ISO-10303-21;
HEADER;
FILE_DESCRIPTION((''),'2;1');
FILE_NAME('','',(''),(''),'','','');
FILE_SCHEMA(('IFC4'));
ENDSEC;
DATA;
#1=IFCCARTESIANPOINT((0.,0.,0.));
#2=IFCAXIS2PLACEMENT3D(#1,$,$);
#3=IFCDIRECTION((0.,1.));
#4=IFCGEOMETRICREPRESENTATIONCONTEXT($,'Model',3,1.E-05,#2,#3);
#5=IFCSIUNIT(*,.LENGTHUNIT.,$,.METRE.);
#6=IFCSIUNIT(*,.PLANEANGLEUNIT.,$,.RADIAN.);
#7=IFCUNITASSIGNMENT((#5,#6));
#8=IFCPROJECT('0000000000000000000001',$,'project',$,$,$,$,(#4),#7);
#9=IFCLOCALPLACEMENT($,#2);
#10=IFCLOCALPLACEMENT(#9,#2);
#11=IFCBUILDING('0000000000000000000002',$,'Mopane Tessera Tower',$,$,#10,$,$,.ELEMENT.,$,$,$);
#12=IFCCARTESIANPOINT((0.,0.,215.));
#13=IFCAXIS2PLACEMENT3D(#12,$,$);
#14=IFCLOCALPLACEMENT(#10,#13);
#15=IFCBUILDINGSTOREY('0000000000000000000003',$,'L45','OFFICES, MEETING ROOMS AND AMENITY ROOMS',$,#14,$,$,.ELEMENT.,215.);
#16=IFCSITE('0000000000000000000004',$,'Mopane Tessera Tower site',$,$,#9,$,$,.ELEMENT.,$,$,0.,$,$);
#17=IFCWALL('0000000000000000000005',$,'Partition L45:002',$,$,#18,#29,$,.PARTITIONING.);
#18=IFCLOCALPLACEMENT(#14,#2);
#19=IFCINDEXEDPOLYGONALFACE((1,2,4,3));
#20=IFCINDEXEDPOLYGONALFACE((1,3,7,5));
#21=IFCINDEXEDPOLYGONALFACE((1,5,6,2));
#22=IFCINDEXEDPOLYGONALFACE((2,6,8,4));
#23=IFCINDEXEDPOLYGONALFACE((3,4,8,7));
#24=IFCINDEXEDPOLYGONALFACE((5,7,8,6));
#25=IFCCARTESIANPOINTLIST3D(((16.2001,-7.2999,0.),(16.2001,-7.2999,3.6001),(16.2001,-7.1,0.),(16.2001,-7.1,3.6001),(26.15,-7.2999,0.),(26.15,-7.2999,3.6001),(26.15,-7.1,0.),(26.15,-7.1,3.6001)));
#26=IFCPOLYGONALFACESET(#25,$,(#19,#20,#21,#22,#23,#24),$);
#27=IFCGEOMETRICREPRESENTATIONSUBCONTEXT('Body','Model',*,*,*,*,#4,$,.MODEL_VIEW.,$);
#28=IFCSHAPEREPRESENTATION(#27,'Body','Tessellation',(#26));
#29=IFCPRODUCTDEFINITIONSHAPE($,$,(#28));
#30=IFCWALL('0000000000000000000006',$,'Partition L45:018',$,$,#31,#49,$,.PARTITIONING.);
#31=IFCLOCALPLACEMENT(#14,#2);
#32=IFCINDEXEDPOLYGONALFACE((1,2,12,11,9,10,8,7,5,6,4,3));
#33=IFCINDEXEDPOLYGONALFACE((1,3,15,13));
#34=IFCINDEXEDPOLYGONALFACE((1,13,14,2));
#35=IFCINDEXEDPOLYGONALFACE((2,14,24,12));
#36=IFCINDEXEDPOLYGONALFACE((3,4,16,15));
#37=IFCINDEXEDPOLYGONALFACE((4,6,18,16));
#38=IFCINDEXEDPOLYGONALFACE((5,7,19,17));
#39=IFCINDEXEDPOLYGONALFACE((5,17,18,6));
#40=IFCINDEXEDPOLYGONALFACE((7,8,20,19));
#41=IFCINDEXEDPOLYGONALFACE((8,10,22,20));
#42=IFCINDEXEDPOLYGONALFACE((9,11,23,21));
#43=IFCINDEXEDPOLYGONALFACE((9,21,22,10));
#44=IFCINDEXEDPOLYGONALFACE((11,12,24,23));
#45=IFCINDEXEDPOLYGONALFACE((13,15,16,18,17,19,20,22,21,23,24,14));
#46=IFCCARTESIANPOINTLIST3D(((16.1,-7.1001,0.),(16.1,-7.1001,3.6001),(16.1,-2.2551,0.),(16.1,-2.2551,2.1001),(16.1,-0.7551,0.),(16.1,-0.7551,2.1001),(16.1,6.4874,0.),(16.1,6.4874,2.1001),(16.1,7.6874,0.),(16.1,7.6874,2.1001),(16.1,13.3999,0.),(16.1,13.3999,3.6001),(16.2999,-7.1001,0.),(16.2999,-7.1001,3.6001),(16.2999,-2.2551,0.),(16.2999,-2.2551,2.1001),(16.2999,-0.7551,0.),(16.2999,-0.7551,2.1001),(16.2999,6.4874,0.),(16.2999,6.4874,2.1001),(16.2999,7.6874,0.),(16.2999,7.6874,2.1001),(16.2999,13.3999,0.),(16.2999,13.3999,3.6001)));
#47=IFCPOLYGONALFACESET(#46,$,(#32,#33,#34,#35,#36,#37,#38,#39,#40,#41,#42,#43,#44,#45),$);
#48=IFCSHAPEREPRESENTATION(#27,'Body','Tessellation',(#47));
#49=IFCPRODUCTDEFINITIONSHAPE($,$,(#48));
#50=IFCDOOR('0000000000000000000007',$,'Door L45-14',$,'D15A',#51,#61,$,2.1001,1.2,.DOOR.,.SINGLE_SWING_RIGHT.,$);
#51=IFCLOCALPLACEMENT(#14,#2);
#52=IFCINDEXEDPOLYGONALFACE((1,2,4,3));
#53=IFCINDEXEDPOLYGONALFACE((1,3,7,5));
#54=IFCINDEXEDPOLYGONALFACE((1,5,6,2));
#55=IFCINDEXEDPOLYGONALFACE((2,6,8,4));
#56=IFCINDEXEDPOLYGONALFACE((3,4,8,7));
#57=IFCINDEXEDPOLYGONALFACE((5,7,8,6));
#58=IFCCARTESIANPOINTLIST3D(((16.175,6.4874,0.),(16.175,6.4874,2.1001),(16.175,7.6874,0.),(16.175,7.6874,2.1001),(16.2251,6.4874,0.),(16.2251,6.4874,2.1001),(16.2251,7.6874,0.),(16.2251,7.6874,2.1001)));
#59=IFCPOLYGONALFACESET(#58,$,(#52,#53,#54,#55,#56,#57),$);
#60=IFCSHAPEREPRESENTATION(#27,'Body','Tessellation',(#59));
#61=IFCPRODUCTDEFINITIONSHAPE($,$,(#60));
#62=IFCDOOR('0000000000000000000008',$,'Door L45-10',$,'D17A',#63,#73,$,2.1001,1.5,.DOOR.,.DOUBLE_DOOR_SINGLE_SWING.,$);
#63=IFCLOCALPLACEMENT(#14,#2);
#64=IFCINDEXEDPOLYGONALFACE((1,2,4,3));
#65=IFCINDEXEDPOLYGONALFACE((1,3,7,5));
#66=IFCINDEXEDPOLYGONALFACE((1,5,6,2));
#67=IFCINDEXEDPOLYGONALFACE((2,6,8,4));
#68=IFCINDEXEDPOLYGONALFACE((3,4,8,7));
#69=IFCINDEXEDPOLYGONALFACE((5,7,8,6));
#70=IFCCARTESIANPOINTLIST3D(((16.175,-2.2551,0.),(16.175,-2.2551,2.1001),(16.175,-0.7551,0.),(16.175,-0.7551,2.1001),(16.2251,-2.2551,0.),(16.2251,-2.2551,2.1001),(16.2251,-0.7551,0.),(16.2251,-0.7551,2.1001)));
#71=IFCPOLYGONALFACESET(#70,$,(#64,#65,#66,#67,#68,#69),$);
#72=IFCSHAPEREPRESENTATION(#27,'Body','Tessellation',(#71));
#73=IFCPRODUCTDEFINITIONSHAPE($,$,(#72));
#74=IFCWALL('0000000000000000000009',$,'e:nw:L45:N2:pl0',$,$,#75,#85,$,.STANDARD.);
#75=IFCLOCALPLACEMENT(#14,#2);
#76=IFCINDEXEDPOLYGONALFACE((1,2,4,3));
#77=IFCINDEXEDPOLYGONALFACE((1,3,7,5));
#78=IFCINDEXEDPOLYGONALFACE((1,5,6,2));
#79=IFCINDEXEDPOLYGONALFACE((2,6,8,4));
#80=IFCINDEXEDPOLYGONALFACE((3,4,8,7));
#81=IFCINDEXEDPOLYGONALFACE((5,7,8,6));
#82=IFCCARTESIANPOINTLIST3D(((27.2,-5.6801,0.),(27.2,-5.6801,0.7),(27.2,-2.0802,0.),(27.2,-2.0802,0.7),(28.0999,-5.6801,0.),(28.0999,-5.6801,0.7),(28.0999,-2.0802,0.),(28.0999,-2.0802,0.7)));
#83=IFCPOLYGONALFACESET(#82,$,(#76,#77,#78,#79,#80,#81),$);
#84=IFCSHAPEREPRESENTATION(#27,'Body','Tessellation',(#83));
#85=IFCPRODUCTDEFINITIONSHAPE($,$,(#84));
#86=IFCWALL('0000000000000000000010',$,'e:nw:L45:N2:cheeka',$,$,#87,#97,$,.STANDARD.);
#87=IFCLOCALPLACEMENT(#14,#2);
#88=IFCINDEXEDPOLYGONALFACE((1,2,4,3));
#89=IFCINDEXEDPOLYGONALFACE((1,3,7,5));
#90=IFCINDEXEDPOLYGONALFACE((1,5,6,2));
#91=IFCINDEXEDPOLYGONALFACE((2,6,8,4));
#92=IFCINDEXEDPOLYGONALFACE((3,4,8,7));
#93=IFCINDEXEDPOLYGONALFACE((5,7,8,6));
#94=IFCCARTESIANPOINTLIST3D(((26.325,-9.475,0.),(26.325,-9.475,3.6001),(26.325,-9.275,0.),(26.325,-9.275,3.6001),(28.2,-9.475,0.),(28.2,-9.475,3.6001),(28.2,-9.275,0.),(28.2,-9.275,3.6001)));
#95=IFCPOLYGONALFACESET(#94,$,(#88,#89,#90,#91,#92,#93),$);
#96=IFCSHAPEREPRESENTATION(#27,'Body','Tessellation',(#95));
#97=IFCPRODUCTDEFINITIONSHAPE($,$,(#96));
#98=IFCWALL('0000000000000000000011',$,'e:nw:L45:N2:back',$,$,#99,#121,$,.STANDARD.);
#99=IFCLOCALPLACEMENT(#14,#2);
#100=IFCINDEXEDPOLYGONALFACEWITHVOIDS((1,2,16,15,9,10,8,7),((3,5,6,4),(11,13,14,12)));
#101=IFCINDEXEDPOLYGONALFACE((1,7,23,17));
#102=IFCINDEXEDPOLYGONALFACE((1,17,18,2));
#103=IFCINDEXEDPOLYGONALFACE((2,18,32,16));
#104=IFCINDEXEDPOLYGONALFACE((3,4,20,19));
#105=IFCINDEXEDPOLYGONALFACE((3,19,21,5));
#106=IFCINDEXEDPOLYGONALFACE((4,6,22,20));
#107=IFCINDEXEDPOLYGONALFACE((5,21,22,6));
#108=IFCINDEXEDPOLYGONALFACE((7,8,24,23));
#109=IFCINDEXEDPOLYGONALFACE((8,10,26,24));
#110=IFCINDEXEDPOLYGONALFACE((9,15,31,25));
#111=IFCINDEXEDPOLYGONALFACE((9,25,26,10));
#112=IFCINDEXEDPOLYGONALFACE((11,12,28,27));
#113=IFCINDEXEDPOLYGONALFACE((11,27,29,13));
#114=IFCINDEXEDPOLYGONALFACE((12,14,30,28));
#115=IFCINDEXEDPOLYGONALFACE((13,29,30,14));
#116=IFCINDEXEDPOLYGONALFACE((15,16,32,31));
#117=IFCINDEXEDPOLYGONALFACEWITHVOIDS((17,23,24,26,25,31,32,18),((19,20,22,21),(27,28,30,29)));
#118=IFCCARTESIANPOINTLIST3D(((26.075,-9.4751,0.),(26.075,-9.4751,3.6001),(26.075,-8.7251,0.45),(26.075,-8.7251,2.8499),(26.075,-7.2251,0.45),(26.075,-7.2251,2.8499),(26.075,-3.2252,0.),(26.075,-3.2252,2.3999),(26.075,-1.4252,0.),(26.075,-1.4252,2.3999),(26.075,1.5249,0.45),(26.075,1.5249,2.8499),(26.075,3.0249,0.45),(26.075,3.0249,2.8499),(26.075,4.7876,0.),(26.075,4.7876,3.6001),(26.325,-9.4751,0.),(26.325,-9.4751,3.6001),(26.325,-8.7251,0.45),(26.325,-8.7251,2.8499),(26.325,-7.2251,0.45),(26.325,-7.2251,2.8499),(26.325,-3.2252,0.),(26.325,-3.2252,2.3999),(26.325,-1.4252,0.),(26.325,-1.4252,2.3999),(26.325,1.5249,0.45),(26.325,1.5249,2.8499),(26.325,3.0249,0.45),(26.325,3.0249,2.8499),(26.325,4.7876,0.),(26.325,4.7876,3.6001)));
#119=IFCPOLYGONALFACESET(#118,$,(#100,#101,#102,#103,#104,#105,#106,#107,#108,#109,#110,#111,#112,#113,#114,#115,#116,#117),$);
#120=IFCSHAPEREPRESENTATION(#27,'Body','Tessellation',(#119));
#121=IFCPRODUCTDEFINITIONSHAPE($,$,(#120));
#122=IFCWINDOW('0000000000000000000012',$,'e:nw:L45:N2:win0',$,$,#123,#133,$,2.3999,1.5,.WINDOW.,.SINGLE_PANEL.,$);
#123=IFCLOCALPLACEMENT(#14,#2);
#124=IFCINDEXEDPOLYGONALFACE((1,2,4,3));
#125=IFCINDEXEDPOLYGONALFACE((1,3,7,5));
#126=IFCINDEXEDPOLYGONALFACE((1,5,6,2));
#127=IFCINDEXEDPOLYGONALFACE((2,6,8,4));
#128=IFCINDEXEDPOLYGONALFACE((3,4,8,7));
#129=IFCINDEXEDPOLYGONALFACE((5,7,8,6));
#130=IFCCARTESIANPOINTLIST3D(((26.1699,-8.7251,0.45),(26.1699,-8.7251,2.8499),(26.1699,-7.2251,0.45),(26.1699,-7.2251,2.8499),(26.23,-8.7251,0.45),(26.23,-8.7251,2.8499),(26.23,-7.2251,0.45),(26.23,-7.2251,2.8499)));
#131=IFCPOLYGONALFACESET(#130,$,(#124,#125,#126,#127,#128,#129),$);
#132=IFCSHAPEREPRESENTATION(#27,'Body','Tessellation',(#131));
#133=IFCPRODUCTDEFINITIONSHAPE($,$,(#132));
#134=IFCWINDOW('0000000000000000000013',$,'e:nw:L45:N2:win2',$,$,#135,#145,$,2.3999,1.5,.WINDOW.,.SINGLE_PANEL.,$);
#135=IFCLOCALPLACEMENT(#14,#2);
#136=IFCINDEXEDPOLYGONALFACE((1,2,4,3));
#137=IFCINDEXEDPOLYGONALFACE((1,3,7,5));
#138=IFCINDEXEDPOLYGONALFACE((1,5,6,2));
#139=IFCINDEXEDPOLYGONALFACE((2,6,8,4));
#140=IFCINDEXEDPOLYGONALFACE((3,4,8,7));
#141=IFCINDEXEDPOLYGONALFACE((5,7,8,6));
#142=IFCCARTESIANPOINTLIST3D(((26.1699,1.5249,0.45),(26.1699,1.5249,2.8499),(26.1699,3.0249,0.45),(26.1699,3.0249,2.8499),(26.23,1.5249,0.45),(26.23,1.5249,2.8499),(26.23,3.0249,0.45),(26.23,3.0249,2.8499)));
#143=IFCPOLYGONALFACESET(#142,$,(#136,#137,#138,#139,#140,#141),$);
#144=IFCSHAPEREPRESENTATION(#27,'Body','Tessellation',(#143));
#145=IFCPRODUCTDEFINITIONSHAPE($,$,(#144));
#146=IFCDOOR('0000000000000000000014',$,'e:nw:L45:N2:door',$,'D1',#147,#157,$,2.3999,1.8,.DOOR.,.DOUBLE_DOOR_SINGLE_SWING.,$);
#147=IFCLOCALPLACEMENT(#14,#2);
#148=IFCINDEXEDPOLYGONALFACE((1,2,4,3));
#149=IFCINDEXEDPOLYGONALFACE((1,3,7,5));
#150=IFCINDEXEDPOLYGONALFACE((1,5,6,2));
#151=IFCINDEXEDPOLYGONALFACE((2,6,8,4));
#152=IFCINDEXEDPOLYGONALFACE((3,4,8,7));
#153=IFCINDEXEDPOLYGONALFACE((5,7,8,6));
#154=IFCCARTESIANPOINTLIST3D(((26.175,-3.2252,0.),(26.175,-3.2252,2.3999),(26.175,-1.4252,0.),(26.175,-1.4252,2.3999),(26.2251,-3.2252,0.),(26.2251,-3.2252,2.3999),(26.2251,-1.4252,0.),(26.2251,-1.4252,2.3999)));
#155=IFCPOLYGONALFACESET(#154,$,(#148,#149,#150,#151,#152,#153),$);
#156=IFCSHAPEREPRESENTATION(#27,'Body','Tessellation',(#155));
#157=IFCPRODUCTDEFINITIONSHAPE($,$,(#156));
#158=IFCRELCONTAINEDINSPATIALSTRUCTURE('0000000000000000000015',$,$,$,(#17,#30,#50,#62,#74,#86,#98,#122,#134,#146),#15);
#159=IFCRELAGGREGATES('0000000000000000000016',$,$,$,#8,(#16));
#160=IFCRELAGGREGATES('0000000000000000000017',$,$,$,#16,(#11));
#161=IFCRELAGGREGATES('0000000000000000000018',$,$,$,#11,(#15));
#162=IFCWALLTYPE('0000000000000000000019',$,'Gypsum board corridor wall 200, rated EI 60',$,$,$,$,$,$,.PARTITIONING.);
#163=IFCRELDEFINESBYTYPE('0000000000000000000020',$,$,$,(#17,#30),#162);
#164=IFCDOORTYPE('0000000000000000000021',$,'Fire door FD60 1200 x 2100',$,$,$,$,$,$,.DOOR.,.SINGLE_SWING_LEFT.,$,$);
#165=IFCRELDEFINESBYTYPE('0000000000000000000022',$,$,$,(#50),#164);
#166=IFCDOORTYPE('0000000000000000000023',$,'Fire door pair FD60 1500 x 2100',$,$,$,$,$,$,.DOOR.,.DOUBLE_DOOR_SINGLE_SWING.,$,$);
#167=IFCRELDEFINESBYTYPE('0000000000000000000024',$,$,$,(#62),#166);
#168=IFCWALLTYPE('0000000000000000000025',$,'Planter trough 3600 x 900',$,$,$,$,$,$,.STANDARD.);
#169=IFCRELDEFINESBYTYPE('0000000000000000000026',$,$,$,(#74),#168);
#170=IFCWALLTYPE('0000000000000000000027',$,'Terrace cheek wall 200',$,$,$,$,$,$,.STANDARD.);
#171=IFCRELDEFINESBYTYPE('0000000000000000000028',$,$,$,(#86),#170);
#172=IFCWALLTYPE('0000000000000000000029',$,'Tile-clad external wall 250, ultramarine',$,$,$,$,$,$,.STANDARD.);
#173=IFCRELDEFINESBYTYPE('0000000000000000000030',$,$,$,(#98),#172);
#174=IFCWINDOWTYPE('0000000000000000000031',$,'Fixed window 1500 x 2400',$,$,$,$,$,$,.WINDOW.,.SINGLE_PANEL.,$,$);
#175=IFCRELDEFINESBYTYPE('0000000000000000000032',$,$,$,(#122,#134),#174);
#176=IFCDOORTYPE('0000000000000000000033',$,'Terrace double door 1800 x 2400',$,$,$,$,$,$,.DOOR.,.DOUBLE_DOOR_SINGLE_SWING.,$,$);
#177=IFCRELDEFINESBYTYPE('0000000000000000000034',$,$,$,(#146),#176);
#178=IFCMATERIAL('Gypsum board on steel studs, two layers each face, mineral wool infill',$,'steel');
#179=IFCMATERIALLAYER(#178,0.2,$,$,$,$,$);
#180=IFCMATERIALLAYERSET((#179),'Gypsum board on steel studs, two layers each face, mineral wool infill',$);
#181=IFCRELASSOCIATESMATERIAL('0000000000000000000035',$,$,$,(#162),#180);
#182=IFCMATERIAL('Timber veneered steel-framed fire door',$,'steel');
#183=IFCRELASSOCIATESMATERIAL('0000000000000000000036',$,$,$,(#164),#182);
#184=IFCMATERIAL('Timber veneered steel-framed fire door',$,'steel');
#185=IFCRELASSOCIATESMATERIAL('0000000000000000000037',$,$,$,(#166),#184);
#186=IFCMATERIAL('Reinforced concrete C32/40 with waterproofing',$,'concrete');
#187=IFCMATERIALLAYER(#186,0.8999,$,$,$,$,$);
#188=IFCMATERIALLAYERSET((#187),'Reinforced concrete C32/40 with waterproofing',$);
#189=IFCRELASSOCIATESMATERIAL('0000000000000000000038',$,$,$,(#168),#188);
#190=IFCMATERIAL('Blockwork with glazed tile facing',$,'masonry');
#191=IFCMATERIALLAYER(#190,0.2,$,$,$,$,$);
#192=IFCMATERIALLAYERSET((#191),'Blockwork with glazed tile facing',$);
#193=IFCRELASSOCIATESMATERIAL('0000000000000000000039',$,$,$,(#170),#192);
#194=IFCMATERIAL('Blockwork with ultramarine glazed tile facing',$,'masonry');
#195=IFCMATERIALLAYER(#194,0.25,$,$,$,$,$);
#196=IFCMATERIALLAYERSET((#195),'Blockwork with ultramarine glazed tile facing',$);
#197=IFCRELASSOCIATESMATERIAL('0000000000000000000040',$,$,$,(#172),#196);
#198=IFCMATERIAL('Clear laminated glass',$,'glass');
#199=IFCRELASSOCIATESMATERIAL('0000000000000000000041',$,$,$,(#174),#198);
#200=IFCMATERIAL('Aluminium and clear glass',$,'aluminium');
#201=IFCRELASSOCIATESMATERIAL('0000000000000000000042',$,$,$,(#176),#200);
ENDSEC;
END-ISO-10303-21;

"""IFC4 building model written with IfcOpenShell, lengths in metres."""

from ifc_helpers import new_model, si_unit, direction, frame, frame_2d, origin, place, context, subcontext, project, spatial, rectangle, extrude, material, layer, layer_set, type_object, element, fill, save


model = new_model("IFC4")

# Units and contexts
model_context = context("Model", 3, precision=1e-05, world=origin(), true_north=direction((0.0, 1.0)))
body_context = subcontext(model_context, "Body", "Model", "MODEL_VIEW")
ifc_project = project(units=[si_unit("LENGTHUNIT", "METRE"), si_unit("PLANEANGLEUNIT", "RADIAN")], contexts=[model_context])

# Site, building, storey
site_placement = place(None, origin())
site = spatial("IfcSite", under=ifc_project, at=site_placement, Name="Mopane Tessera Tower site", CompositionType="ELEMENT", RefElevation=0.0)
building_placement = place(site_placement, origin())
building = spatial("IfcBuilding", under=site, at=building_placement, Name="Mopane Tessera Tower", CompositionType="ELEMENT")
storey_placement = place(building_placement, frame((0.0, 0.0, 215.0)))
storey = spatial("IfcBuildingStorey", under=building, at=storey_placement, Name="L45", Description="OFFICES, MEETING ROOMS AND AMENITY ROOMS", CompositionType="ELEMENT", Elevation=215.0)

# Wall
ifc_material_1 = material(Name="Gypsum board on steel studs, two layers each face, mineral wool infill", Category="steel")
ifc_layer_1 = layer(ifc_material_1, 0.2)
ifc_layer_set_1 = layer_set([ifc_layer_1], Name="Gypsum board on steel studs, two layers each face, mineral wool infill")
wall_type_1 = type_object("IfcWallType", Name="Gypsum board corridor wall 200, rated EI 60", PredefinedType="PARTITIONING", material=ifc_layer_set_1)
wall_1_placement = place(storey_placement, frame((16.2, -7.2, 0.0), z_axis=(0.0, 0.0, 1.0), x_axis=(1.0, 0.0, 0.0)))
element("IfcWall", 1, at=wall_1_placement, inside=storey, type_object=wall_type_1, Name="Partition L45:002", PredefinedType="PARTITIONING", context=body_context, shape_type="SweptSolid", body=[
    extrude(rectangle(XDim=9.95, YDim=0.2, at=frame_2d((4.9751, 0.0))), origin(), (0.0, 0.0, 1.0), 3.6001),
])

# Wall, openings, doors
wall_2_placement = place(storey_placement, frame((16.2, -7.1001, 0.0), z_axis=(0.0, 0.0, 1.0), x_axis=(0.0, 1.0, 0.0)))
wall_2 = element("IfcWall", 2, at=wall_2_placement, inside=storey, type_object=wall_type_1, Name="Partition L45:018", PredefinedType="PARTITIONING", context=body_context, shape_type="SweptSolid", body=[
    extrude(rectangle(XDim=20.5, YDim=0.2, at=frame_2d((10.25, 0.0))), origin(), (0.0, 0.0, 1.0), 3.6001),
])
opening_1_placement = place(wall_2_placement, frame((4.845, 0.0, 0.0)))
opening_1 = element("IfcOpeningElement", 3, at=opening_1_placement, cuts=wall_2, PredefinedType="OPENING", context=body_context, shape_type="SweptSolid", body=[
    extrude(rectangle(XDim=1.5, YDim=2.1001, at=frame_2d((0.75, 1.05))), frame((0.0, 0.1121, 0.0), z_axis=(0.0, -1.0, 0.0), x_axis=(1.0, 0.0, 0.0)), (0.0, 0.0, 1.0), 0.2239),
])
opening_2_placement = place(wall_2_placement, frame((13.5874, 0.0, 0.0)))
opening_2 = element("IfcOpeningElement", 4, at=opening_2_placement, cuts=wall_2, PredefinedType="OPENING", context=body_context, shape_type="SweptSolid", body=[
    extrude(rectangle(XDim=1.2, YDim=2.1001, at=frame_2d((0.6001, 1.05))), frame((0.0, 0.1121, 0.0), z_axis=(0.0, -1.0, 0.0), x_axis=(1.0, 0.0, 0.0)), (0.0, 0.0, 1.0), 0.2239),
])
ifc_material_2 = material(Name="Timber veneered steel-framed fire door", Category="steel")
door_type_1 = type_object("IfcDoorType", Name="Fire door FD60 1200 x 2100", OperationType="SINGLE_SWING_LEFT", PredefinedType="DOOR", material=ifc_material_2)
door_1_placement = place(opening_2_placement, origin())
door_1 = element("IfcDoor", 5, at=door_1_placement, inside=storey, type_object=door_type_1, Name="Door L45-14", ObjectType="D15A", OperationType="SINGLE_SWING_RIGHT", OverallHeight=2.1001, OverallWidth=1.2, PredefinedType="DOOR", context=body_context, shape_type="SweptSolid", body=[
    extrude(rectangle(XDim=1.2, YDim=2.1001, at=frame_2d((0.6001, 1.05))), frame((0.0, 0.0249, 0.0), z_axis=(0.0, -1.0, 0.0), x_axis=(1.0, 0.0, 0.0)), (0.0, 0.0, 1.0), 0.05),
])
fill(opening_2, door_1)
ifc_material_3 = material(Name="Timber veneered steel-framed fire door", Category="steel")
door_type_2 = type_object("IfcDoorType", Name="Fire door pair FD60 1500 x 2100", OperationType="DOUBLE_DOOR_SINGLE_SWING", PredefinedType="DOOR", material=ifc_material_3)
door_2_placement = place(opening_1_placement, origin())
door_2 = element("IfcDoor", 6, at=door_2_placement, inside=storey, type_object=door_type_2, Name="Door L45-10", ObjectType="D17A", OperationType="DOUBLE_DOOR_SINGLE_SWING", OverallHeight=2.1001, OverallWidth=1.5, PredefinedType="DOOR", context=body_context, shape_type="SweptSolid", body=[
    extrude(rectangle(XDim=1.5, YDim=2.1001, at=frame_2d((0.75, 1.05))), frame((0.0, 0.0249, 0.0), z_axis=(0.0, -1.0, 0.0), x_axis=(1.0, 0.0, 0.0)), (0.0, 0.0, 1.0), 0.05),
])
fill(opening_1, door_2)

# Walls
ifc_material_4 = material(Name="Reinforced concrete C32/40 with waterproofing", Category="concrete")
ifc_layer_2 = layer(ifc_material_4, 0.8999)
ifc_layer_set_2 = layer_set([ifc_layer_2], Name="Reinforced concrete C32/40 with waterproofing")
wall_type_2 = type_object("IfcWallType", Name="Planter trough 3600 x 900", PredefinedType="STANDARD", material=ifc_layer_set_2)
wall_3_placement = place(storey_placement, frame((27.6499, -5.6799, 0.0), z_axis=(0.0, 0.0, 1.0), x_axis=(0.0, 1.0, 0.0)))
element("IfcWall", 7, at=wall_3_placement, inside=storey, type_object=wall_type_2, Name="e:nw:L45:N2:pl0", PredefinedType="STANDARD", context=body_context, shape_type="SweptSolid", body=[
    extrude(rectangle(XDim=3.5999, YDim=0.8999, at=frame_2d((1.7998, 0.0))), origin(), (0.0, 0.0, 1.0), 0.7),
])
ifc_material_5 = material(Name="Blockwork with glazed tile facing", Category="masonry")
ifc_layer_3 = layer(ifc_material_5, 0.2)
ifc_layer_set_3 = layer_set([ifc_layer_3], Name="Blockwork with glazed tile facing")
wall_type_3 = type_object("IfcWallType", Name="Terrace cheek wall 200", PredefinedType="STANDARD", material=ifc_layer_set_3)
wall_4_placement = place(storey_placement, frame((28.2, -9.375, 0.0), z_axis=(0.0, 0.0, 1.0), x_axis=(-1.0, 0.0, 0.0)))
element("IfcWall", 8, at=wall_4_placement, inside=storey, type_object=wall_type_3, Name="e:nw:L45:N2:cheeka", PredefinedType="STANDARD", context=body_context, shape_type="SweptSolid", body=[
    extrude(rectangle(XDim=1.875, YDim=0.2, at=frame_2d((0.9375, 0.0))), origin(), (0.0, 0.0, 1.0), 3.6001),
])

# Wall, openings, windows, door
ifc_material_6 = material(Name="Blockwork with ultramarine glazed tile facing", Category="masonry")
ifc_layer_4 = layer(ifc_material_6, 0.25)
ifc_layer_set_4 = layer_set([ifc_layer_4], Name="Blockwork with ultramarine glazed tile facing")
wall_type_4 = type_object("IfcWallType", Name="Tile-clad external wall 250, ultramarine", PredefinedType="STANDARD", material=ifc_layer_set_4)
wall_5_placement = place(storey_placement, frame((26.2, -9.4751, 0.0), z_axis=(0.0, 0.0, 1.0), x_axis=(0.0, 1.0, 0.0)))
wall_5 = element("IfcWall", 9, at=wall_5_placement, inside=storey, type_object=wall_type_4, Name="e:nw:L45:N2:back", PredefinedType="STANDARD", context=body_context, shape_type="SweptSolid", body=[
    extrude(rectangle(XDim=14.2627, YDim=0.25, at=frame_2d((7.1313, 0.0))), origin(), (0.0, 0.0, 1.0), 3.6001),
])
opening_3_placement = place(wall_5_placement, frame((0.75, 0.0, 0.45)))
opening_3 = element("IfcOpeningElement", 10, at=opening_3_placement, cuts=wall_5, PredefinedType="OPENING", context=body_context, shape_type="SweptSolid", body=[
    extrude(rectangle(XDim=1.5, YDim=2.3999, at=frame_2d((0.75, 1.2))), frame((0.0, 0.137, 0.0), z_axis=(0.0, -1.0, 0.0), x_axis=(1.0, 0.0, 0.0)), (0.0, 0.0, 1.0), 0.2739),
])
opening_4_placement = place(wall_5_placement, frame((6.25, 0.0, 0.0)))
opening_4 = element("IfcOpeningElement", 11, at=opening_4_placement, cuts=wall_5, PredefinedType="OPENING", context=body_context, shape_type="SweptSolid", body=[
    extrude(rectangle(XDim=1.8, YDim=2.3999, at=frame_2d((0.8999, 1.2))), frame((0.0, 0.137, 0.0), z_axis=(0.0, -1.0, 0.0), x_axis=(1.0, 0.0, 0.0)), (0.0, 0.0, 1.0), 0.2739),
])
opening_5_placement = place(wall_5_placement, frame((11.0, 0.0, 0.45)))
opening_5 = element("IfcOpeningElement", 12, at=opening_5_placement, cuts=wall_5, PredefinedType="OPENING", context=body_context, shape_type="SweptSolid", body=[
    extrude(rectangle(XDim=1.5, YDim=2.3999, at=frame_2d((0.75, 1.2))), frame((0.0, 0.137, 0.0), z_axis=(0.0, -1.0, 0.0), x_axis=(1.0, 0.0, 0.0)), (0.0, 0.0, 1.0), 0.2739),
])
ifc_material_7 = material(Name="Clear laminated glass", Category="glass")
window_type = type_object("IfcWindowType", Name="Fixed window 1500 x 2400", PartitioningType="SINGLE_PANEL", PredefinedType="WINDOW", material=ifc_material_7)
window_1_placement = place(opening_3_placement, origin())
window_1 = element("IfcWindow", 13, at=window_1_placement, inside=storey, type_object=window_type, Name="e:nw:L45:N2:win0", OverallHeight=2.3999, OverallWidth=1.5, PartitioningType="SINGLE_PANEL", PredefinedType="WINDOW", context=body_context, shape_type="SweptSolid", body=[
    extrude(rectangle(XDim=1.5, YDim=2.3999, at=frame_2d((0.75, 1.2))), frame((0.0, 0.03, 0.0), z_axis=(0.0, -1.0, 0.0), x_axis=(1.0, 0.0, 0.0)), (0.0, 0.0, 1.0), 0.0601),
])
fill(opening_3, window_1)
window_2_placement = place(opening_5_placement, origin())
window_2 = element("IfcWindow", 14, at=window_2_placement, inside=storey, type_object=window_type, Name="e:nw:L45:N2:win2", OverallHeight=2.3999, OverallWidth=1.5, PartitioningType="SINGLE_PANEL", PredefinedType="WINDOW", context=body_context, shape_type="SweptSolid", body=[
    extrude(rectangle(XDim=1.5, YDim=2.3999, at=frame_2d((0.75, 1.2))), frame((0.0, 0.03, 0.0), z_axis=(0.0, -1.0, 0.0), x_axis=(1.0, 0.0, 0.0)), (0.0, 0.0, 1.0), 0.0601),
])
fill(opening_5, window_2)
ifc_material_8 = material(Name="Aluminium and clear glass", Category="aluminium")
door_type_3 = type_object("IfcDoorType", Name="Terrace double door 1800 x 2400", OperationType="DOUBLE_DOOR_SINGLE_SWING", PredefinedType="DOOR", material=ifc_material_8)
door_3_placement = place(opening_4_placement, origin())
door_3 = element("IfcDoor", 15, at=door_3_placement, inside=storey, type_object=door_type_3, Name="e:nw:L45:N2:door", ObjectType="D1", OperationType="DOUBLE_DOOR_SINGLE_SWING", OverallHeight=2.3999, OverallWidth=1.8, PredefinedType="DOOR", context=body_context, shape_type="SweptSolid", body=[
    extrude(rectangle(XDim=1.8, YDim=2.3999, at=frame_2d((0.8999, 1.2))), frame((0.0, 0.0249, 0.0), z_axis=(0.0, -1.0, 0.0), x_axis=(1.0, 0.0, 0.0)), (0.0, 0.0, 1.0), 0.05),
])
fill(opening_4, door_3)

save(model, "model.ifc")
